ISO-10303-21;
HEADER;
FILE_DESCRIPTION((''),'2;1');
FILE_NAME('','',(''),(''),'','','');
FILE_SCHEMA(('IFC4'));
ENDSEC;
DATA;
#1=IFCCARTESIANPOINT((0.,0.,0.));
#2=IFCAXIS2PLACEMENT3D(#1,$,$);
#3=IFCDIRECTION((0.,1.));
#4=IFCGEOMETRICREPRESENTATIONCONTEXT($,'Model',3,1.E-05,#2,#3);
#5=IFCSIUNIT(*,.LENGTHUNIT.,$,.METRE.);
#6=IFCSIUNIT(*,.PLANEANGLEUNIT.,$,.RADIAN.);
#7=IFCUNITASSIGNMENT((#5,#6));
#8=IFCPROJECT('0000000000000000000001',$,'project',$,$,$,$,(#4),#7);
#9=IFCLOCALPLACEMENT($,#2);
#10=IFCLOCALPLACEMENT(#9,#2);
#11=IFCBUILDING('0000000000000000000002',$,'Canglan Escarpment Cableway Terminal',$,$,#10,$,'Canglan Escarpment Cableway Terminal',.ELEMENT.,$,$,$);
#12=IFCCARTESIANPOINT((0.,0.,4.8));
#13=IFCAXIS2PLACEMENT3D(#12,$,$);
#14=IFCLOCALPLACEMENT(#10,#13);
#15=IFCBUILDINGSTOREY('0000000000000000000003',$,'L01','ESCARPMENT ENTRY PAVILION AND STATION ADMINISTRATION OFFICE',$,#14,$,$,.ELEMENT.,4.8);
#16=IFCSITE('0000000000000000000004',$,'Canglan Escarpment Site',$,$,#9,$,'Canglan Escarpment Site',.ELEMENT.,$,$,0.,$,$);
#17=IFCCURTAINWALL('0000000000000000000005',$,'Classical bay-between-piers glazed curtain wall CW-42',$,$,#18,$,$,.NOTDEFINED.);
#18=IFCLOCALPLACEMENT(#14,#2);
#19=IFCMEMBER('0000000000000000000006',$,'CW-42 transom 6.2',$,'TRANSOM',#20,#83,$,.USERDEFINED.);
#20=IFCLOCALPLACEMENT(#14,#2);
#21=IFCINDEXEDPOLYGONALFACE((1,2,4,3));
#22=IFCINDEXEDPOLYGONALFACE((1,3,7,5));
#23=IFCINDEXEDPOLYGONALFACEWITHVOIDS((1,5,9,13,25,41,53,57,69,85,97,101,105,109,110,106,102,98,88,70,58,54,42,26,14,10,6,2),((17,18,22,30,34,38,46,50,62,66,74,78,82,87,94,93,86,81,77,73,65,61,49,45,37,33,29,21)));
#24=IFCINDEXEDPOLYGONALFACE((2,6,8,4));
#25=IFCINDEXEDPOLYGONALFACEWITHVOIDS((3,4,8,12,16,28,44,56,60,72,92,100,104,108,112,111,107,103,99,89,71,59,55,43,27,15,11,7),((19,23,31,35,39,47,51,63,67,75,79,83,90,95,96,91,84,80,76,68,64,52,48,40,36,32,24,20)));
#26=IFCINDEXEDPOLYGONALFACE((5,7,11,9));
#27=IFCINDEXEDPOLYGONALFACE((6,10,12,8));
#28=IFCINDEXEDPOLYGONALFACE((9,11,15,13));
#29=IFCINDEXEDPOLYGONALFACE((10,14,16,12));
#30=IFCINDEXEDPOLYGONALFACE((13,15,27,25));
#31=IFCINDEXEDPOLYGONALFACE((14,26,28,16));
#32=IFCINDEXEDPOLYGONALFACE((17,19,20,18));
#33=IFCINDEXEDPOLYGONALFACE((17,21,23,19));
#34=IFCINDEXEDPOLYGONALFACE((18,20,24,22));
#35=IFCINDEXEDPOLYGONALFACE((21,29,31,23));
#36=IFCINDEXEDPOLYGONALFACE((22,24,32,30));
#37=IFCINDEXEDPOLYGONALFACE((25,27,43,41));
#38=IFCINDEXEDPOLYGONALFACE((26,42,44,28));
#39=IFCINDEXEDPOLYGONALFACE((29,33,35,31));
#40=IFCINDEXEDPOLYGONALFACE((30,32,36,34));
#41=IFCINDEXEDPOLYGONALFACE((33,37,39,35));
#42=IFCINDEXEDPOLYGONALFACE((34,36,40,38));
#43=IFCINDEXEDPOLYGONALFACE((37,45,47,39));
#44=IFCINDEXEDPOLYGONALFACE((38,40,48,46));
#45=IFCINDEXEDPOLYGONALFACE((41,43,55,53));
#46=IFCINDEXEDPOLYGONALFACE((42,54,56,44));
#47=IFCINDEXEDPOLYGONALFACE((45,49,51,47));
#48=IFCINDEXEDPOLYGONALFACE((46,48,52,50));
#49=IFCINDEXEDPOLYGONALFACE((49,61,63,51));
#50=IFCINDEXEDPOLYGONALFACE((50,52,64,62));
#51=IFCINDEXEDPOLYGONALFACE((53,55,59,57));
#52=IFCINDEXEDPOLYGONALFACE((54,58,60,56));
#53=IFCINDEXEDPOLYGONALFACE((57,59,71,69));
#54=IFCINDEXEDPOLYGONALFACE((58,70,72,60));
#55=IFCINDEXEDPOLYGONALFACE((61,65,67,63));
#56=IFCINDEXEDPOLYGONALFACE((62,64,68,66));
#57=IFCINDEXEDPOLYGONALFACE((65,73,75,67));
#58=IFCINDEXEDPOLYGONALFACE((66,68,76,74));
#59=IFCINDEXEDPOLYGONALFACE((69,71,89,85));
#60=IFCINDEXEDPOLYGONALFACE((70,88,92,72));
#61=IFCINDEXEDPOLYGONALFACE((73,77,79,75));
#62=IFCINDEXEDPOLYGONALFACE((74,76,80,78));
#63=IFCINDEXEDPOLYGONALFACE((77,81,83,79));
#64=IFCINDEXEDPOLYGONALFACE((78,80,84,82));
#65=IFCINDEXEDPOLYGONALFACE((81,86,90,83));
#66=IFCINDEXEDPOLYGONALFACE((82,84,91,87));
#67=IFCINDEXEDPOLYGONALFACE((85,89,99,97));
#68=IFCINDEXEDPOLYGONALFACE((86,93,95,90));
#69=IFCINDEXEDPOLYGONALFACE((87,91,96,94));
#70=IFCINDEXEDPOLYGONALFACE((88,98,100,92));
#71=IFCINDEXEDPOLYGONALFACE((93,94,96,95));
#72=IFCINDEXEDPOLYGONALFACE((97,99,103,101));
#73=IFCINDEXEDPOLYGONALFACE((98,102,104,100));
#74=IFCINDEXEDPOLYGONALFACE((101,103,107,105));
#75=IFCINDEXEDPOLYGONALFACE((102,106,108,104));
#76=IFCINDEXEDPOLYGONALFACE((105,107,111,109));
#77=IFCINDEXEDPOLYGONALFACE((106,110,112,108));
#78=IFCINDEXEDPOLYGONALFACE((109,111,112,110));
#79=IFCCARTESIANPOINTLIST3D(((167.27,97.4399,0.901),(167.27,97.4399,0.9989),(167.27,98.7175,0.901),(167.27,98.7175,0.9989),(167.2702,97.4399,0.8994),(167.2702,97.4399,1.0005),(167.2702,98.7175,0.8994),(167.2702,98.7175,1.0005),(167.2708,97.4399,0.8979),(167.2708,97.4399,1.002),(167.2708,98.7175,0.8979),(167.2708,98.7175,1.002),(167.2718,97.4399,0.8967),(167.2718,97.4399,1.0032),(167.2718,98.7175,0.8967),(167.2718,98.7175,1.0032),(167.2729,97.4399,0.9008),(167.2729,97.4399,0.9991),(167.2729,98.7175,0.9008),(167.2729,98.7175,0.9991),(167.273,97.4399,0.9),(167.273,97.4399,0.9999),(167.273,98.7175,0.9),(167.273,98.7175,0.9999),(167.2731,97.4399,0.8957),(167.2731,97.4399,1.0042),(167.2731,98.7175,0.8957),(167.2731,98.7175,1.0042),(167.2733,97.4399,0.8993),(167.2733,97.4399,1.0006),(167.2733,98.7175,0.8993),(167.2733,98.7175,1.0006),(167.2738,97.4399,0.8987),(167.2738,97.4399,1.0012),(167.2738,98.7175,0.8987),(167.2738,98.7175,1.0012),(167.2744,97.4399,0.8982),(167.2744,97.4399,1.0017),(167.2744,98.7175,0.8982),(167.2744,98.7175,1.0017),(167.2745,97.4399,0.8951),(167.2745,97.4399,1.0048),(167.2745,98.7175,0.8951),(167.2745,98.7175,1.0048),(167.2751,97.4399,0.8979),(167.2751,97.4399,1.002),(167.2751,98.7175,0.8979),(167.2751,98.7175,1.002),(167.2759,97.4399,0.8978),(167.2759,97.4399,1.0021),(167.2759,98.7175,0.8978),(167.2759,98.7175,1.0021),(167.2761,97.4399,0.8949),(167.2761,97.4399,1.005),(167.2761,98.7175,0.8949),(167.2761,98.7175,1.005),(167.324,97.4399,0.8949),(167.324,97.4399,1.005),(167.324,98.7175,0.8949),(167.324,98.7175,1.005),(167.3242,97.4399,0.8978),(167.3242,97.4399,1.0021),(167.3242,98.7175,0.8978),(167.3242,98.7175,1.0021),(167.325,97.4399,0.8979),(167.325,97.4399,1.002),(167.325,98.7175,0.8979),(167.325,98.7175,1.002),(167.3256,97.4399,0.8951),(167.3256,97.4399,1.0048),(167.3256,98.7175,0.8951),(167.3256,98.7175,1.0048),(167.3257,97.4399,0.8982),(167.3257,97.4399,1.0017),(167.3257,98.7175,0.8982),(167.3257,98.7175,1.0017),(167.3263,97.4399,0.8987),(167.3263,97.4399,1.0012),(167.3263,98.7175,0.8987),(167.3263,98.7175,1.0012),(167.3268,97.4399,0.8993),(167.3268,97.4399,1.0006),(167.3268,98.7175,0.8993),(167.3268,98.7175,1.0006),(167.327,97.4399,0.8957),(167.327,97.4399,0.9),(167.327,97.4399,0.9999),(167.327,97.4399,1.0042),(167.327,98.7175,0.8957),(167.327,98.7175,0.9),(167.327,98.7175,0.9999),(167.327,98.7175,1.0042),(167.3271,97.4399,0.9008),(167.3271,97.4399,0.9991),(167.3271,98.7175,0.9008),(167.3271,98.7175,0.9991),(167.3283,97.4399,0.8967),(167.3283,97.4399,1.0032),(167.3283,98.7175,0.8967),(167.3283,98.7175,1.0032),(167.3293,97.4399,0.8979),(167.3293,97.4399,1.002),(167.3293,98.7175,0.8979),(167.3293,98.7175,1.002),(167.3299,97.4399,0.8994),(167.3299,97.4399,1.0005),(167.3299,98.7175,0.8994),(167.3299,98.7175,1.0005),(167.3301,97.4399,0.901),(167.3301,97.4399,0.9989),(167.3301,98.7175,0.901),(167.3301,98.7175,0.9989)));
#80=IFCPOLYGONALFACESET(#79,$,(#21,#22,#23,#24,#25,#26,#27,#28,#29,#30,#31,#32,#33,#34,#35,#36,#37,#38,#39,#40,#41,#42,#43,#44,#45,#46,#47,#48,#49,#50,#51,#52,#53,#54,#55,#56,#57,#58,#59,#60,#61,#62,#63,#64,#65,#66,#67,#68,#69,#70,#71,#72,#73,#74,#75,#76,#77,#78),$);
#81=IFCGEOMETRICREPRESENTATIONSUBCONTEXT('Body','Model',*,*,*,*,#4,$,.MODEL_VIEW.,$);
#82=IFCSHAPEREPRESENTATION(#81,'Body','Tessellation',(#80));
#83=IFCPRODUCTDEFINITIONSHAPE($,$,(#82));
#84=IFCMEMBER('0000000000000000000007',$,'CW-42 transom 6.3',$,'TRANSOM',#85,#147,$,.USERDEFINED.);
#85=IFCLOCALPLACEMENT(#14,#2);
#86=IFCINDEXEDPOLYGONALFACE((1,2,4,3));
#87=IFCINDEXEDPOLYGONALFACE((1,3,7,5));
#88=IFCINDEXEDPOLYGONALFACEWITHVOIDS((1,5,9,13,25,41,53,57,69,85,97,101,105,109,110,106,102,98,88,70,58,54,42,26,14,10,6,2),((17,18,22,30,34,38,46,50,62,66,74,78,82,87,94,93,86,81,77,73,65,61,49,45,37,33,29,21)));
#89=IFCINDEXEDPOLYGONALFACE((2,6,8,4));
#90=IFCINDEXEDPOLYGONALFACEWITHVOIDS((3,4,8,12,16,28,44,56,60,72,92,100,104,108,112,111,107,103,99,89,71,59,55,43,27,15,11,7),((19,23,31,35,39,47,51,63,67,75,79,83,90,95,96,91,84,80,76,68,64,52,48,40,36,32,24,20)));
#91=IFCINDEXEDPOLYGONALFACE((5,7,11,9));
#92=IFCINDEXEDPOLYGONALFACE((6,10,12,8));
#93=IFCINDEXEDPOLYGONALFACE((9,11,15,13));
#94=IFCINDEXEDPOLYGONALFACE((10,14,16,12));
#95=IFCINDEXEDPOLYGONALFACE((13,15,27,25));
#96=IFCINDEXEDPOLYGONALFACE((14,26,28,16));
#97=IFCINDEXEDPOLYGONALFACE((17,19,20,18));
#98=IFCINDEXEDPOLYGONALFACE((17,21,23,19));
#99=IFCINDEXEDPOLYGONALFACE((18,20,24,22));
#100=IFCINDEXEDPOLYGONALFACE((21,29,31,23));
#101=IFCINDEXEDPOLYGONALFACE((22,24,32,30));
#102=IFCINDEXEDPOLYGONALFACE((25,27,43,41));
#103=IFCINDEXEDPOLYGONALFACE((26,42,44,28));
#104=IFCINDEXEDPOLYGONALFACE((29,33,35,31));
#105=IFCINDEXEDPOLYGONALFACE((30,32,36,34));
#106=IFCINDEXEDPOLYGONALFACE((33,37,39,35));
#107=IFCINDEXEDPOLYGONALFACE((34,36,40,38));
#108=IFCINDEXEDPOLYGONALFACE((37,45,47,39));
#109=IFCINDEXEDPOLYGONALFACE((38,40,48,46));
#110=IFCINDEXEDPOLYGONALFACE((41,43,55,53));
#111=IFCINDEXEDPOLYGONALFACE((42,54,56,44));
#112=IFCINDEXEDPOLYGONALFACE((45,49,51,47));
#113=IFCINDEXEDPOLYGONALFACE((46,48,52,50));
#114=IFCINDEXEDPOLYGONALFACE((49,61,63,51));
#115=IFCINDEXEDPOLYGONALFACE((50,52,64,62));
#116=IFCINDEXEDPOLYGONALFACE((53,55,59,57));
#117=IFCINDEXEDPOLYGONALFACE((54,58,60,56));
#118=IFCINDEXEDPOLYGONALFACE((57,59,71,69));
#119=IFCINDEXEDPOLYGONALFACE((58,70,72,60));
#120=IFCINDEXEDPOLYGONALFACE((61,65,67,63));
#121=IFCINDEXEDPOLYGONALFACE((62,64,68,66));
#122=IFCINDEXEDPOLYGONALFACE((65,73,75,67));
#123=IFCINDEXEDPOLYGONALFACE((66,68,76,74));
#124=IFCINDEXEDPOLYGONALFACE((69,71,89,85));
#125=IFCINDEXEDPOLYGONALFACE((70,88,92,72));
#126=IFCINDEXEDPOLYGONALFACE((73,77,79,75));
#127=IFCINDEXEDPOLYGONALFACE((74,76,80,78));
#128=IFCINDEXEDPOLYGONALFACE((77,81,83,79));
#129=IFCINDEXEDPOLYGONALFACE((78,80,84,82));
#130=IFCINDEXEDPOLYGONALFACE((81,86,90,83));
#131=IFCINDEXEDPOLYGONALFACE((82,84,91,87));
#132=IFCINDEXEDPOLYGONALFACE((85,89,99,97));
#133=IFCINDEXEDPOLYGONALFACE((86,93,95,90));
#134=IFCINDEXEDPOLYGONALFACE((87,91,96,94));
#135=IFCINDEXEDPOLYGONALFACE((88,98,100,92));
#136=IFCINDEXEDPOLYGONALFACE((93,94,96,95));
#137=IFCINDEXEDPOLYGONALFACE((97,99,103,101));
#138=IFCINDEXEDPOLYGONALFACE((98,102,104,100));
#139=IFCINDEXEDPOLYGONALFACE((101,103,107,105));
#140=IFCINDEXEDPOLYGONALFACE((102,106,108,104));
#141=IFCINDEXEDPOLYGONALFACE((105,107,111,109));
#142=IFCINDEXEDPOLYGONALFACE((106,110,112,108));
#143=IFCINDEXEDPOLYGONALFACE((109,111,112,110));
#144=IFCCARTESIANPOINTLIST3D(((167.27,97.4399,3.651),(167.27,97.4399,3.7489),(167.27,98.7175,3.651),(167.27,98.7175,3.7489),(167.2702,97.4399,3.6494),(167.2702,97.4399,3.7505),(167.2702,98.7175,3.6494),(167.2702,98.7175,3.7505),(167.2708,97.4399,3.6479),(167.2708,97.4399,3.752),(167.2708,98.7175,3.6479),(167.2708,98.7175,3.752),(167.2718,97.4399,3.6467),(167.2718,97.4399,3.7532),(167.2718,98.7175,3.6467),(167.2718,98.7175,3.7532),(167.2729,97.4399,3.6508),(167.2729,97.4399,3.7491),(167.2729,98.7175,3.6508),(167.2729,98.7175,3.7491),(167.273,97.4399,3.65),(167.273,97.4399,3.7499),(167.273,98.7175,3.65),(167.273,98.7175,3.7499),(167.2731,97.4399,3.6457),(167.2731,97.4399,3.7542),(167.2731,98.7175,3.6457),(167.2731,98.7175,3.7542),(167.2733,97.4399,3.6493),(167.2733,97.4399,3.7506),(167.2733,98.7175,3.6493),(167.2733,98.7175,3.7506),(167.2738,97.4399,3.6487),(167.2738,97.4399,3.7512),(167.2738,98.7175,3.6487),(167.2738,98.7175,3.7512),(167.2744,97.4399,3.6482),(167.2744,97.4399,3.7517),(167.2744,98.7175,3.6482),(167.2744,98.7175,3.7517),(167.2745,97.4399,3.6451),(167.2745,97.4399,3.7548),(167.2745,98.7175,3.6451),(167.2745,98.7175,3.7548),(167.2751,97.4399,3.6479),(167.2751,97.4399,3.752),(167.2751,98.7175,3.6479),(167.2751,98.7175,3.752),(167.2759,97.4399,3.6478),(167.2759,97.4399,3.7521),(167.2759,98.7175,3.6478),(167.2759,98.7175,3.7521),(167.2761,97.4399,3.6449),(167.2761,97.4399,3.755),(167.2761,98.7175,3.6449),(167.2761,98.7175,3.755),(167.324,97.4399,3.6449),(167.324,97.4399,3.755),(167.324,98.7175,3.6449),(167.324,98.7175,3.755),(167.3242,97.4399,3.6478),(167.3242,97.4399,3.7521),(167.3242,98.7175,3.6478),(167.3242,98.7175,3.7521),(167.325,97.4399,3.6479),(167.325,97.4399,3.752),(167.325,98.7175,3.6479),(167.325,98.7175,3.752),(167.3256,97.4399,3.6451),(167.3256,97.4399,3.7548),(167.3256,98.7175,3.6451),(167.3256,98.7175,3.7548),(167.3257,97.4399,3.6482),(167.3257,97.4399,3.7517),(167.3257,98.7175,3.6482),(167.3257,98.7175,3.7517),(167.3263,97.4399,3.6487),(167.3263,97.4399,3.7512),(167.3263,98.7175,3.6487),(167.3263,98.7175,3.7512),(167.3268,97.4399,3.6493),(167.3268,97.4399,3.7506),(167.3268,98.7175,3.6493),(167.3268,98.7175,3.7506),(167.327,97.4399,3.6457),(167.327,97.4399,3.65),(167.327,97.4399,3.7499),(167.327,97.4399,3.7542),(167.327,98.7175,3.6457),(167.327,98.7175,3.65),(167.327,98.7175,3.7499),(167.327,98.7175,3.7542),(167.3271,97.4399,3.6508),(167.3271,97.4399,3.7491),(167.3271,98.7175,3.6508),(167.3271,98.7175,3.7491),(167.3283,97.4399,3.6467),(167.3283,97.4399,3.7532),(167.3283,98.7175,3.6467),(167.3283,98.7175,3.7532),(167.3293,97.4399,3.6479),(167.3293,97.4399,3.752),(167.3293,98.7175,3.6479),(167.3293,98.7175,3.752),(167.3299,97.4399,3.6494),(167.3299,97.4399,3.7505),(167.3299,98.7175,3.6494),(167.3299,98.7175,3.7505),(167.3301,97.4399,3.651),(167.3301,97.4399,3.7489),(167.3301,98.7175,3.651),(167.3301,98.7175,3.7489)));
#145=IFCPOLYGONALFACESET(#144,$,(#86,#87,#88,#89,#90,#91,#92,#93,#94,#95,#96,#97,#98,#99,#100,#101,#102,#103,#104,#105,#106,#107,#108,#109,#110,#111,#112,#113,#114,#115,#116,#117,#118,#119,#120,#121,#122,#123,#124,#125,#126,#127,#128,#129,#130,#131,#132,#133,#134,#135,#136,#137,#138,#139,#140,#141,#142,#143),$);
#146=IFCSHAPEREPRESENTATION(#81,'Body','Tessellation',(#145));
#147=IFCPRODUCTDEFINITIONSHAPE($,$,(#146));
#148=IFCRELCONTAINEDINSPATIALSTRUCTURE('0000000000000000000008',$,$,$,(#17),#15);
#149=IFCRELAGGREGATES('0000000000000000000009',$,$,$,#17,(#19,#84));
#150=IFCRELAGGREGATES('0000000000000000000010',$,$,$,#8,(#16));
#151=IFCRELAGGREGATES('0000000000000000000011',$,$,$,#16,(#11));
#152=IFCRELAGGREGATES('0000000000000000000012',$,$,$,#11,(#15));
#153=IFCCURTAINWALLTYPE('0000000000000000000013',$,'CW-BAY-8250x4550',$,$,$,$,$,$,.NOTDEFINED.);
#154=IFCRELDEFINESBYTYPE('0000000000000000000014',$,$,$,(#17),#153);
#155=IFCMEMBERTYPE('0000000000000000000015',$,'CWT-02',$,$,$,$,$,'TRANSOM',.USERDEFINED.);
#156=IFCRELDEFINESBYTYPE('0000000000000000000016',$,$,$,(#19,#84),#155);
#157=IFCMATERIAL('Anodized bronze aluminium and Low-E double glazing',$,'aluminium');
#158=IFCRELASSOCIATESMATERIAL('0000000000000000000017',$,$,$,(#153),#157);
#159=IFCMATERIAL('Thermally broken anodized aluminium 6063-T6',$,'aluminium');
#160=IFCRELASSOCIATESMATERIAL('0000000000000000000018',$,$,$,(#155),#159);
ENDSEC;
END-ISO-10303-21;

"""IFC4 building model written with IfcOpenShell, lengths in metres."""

from ifc_helpers import new_model, si_unit, direction, frame, origin, origin_2d, place, context, subcontext, project, spatial, hollow_rectangle, extrude, material, material_profile, profile_set, type_object, element, aggregate, save


model = new_model("IFC4")

# Units and contexts
model_context = context("Model", 3, precision=1e-05, world=origin(), true_north=direction((0.0, 1.0)))
body_context = subcontext(model_context, "Body", "Model", "MODEL_VIEW")
ifc_project = project(units=[si_unit("LENGTHUNIT", "METRE"), si_unit("PLANEANGLEUNIT", "RADIAN")], contexts=[model_context])

# Site, building, storey
site_placement = place(None, origin())
site = spatial("IfcSite", under=ifc_project, at=site_placement, Name="Canglan Escarpment Site", LongName="Canglan Escarpment Site", CompositionType="ELEMENT", RefElevation=0.0)
building_placement = place(site_placement, origin())
building = spatial("IfcBuilding", under=site, at=building_placement, Name="Canglan Escarpment Cableway Terminal", LongName="Canglan Escarpment Cableway Terminal", CompositionType="ELEMENT")
storey_placement = place(building_placement, frame((0.0, 0.0, 4.8)))
storey = spatial("IfcBuildingStorey", under=building, at=storey_placement, Name="L01", Description="ESCARPMENT ENTRY PAVILION AND STATION ADMINISTRATION OFFICE", CompositionType="ELEMENT", Elevation=4.8)

# Curtain wall, members
ifc_material_1 = material(Name="Anodized bronze aluminium and Low-E double glazing", Category="aluminium")
curtain_wall_type = type_object("IfcCurtainWallType", Name="CW-BAY-8250x4550", PredefinedType="NOTDEFINED", material=ifc_material_1)
curtain_wall_placement = place(storey_placement, origin())
curtain_wall = element("IfcCurtainWall", 1, at=curtain_wall_placement, inside=storey, type_object=curtain_wall_type, Name="Classical bay-between-piers glazed curtain wall CW-42", PredefinedType="NOTDEFINED")
ifc_material_2 = material(Name="Thermally broken anodized aluminium 6063-T6", Category="aluminium")
ifc_material_profile_1 = material_profile(ifc_material_2, hollow_rectangle(XDim=0.0601, YDim=0.1101, WallThickness=0.0029, InnerFilletRadius=0.0029, OuterFilletRadius=0.0061, at=origin_2d()), Name="ALU-TRAN 60x110x3")
ifc_profile_set_1 = profile_set([ifc_material_profile_1], Name="Thermally broken anodized aluminium 6063-T6")
member_type_1 = type_object("IfcMemberType", Name="CWT-02", ElementType="TRANSOM", PredefinedType="USERDEFINED", material=ifc_profile_set_1)
member_1_placement = place(storey_placement, frame((167.3, 98.7175, 0.95), z_axis=(0.0, -1.0, 0.0), x_axis=(1.0, 0.0, 0.0)))
member_1 = element("IfcMember", 2, at=member_1_placement, type_object=member_type_1, Name="CW-42 transom 6.2", ObjectType="TRANSOM", PredefinedType="USERDEFINED", context=body_context, shape_type="SweptSolid", body=[
    extrude(hollow_rectangle(XDim=0.0601, YDim=0.1101, WallThickness=0.0029, InnerFilletRadius=0.0029, OuterFilletRadius=0.0061, at=origin_2d()), origin(), (0.0, 0.0, 1.0), 1.2776),
])
member_2_placement = place(storey_placement, frame((167.3, 98.7175, 3.7), z_axis=(0.0, -1.0, 0.0), x_axis=(1.0, 0.0, 0.0)))
member_2 = element("IfcMember", 3, at=member_2_placement, type_object=member_type_1, Name="CW-42 transom 6.3", ObjectType="TRANSOM", PredefinedType="USERDEFINED", context=body_context, shape_type="SweptSolid", body=[
    extrude(hollow_rectangle(XDim=0.0601, YDim=0.1101, WallThickness=0.0029, InnerFilletRadius=0.0029, OuterFilletRadius=0.0061, at=origin_2d()), origin(), (0.0, 0.0, 1.0), 1.2776),
])
aggregate(curtain_wall, [member_1, member_2])

save(model, "model.ifc")
